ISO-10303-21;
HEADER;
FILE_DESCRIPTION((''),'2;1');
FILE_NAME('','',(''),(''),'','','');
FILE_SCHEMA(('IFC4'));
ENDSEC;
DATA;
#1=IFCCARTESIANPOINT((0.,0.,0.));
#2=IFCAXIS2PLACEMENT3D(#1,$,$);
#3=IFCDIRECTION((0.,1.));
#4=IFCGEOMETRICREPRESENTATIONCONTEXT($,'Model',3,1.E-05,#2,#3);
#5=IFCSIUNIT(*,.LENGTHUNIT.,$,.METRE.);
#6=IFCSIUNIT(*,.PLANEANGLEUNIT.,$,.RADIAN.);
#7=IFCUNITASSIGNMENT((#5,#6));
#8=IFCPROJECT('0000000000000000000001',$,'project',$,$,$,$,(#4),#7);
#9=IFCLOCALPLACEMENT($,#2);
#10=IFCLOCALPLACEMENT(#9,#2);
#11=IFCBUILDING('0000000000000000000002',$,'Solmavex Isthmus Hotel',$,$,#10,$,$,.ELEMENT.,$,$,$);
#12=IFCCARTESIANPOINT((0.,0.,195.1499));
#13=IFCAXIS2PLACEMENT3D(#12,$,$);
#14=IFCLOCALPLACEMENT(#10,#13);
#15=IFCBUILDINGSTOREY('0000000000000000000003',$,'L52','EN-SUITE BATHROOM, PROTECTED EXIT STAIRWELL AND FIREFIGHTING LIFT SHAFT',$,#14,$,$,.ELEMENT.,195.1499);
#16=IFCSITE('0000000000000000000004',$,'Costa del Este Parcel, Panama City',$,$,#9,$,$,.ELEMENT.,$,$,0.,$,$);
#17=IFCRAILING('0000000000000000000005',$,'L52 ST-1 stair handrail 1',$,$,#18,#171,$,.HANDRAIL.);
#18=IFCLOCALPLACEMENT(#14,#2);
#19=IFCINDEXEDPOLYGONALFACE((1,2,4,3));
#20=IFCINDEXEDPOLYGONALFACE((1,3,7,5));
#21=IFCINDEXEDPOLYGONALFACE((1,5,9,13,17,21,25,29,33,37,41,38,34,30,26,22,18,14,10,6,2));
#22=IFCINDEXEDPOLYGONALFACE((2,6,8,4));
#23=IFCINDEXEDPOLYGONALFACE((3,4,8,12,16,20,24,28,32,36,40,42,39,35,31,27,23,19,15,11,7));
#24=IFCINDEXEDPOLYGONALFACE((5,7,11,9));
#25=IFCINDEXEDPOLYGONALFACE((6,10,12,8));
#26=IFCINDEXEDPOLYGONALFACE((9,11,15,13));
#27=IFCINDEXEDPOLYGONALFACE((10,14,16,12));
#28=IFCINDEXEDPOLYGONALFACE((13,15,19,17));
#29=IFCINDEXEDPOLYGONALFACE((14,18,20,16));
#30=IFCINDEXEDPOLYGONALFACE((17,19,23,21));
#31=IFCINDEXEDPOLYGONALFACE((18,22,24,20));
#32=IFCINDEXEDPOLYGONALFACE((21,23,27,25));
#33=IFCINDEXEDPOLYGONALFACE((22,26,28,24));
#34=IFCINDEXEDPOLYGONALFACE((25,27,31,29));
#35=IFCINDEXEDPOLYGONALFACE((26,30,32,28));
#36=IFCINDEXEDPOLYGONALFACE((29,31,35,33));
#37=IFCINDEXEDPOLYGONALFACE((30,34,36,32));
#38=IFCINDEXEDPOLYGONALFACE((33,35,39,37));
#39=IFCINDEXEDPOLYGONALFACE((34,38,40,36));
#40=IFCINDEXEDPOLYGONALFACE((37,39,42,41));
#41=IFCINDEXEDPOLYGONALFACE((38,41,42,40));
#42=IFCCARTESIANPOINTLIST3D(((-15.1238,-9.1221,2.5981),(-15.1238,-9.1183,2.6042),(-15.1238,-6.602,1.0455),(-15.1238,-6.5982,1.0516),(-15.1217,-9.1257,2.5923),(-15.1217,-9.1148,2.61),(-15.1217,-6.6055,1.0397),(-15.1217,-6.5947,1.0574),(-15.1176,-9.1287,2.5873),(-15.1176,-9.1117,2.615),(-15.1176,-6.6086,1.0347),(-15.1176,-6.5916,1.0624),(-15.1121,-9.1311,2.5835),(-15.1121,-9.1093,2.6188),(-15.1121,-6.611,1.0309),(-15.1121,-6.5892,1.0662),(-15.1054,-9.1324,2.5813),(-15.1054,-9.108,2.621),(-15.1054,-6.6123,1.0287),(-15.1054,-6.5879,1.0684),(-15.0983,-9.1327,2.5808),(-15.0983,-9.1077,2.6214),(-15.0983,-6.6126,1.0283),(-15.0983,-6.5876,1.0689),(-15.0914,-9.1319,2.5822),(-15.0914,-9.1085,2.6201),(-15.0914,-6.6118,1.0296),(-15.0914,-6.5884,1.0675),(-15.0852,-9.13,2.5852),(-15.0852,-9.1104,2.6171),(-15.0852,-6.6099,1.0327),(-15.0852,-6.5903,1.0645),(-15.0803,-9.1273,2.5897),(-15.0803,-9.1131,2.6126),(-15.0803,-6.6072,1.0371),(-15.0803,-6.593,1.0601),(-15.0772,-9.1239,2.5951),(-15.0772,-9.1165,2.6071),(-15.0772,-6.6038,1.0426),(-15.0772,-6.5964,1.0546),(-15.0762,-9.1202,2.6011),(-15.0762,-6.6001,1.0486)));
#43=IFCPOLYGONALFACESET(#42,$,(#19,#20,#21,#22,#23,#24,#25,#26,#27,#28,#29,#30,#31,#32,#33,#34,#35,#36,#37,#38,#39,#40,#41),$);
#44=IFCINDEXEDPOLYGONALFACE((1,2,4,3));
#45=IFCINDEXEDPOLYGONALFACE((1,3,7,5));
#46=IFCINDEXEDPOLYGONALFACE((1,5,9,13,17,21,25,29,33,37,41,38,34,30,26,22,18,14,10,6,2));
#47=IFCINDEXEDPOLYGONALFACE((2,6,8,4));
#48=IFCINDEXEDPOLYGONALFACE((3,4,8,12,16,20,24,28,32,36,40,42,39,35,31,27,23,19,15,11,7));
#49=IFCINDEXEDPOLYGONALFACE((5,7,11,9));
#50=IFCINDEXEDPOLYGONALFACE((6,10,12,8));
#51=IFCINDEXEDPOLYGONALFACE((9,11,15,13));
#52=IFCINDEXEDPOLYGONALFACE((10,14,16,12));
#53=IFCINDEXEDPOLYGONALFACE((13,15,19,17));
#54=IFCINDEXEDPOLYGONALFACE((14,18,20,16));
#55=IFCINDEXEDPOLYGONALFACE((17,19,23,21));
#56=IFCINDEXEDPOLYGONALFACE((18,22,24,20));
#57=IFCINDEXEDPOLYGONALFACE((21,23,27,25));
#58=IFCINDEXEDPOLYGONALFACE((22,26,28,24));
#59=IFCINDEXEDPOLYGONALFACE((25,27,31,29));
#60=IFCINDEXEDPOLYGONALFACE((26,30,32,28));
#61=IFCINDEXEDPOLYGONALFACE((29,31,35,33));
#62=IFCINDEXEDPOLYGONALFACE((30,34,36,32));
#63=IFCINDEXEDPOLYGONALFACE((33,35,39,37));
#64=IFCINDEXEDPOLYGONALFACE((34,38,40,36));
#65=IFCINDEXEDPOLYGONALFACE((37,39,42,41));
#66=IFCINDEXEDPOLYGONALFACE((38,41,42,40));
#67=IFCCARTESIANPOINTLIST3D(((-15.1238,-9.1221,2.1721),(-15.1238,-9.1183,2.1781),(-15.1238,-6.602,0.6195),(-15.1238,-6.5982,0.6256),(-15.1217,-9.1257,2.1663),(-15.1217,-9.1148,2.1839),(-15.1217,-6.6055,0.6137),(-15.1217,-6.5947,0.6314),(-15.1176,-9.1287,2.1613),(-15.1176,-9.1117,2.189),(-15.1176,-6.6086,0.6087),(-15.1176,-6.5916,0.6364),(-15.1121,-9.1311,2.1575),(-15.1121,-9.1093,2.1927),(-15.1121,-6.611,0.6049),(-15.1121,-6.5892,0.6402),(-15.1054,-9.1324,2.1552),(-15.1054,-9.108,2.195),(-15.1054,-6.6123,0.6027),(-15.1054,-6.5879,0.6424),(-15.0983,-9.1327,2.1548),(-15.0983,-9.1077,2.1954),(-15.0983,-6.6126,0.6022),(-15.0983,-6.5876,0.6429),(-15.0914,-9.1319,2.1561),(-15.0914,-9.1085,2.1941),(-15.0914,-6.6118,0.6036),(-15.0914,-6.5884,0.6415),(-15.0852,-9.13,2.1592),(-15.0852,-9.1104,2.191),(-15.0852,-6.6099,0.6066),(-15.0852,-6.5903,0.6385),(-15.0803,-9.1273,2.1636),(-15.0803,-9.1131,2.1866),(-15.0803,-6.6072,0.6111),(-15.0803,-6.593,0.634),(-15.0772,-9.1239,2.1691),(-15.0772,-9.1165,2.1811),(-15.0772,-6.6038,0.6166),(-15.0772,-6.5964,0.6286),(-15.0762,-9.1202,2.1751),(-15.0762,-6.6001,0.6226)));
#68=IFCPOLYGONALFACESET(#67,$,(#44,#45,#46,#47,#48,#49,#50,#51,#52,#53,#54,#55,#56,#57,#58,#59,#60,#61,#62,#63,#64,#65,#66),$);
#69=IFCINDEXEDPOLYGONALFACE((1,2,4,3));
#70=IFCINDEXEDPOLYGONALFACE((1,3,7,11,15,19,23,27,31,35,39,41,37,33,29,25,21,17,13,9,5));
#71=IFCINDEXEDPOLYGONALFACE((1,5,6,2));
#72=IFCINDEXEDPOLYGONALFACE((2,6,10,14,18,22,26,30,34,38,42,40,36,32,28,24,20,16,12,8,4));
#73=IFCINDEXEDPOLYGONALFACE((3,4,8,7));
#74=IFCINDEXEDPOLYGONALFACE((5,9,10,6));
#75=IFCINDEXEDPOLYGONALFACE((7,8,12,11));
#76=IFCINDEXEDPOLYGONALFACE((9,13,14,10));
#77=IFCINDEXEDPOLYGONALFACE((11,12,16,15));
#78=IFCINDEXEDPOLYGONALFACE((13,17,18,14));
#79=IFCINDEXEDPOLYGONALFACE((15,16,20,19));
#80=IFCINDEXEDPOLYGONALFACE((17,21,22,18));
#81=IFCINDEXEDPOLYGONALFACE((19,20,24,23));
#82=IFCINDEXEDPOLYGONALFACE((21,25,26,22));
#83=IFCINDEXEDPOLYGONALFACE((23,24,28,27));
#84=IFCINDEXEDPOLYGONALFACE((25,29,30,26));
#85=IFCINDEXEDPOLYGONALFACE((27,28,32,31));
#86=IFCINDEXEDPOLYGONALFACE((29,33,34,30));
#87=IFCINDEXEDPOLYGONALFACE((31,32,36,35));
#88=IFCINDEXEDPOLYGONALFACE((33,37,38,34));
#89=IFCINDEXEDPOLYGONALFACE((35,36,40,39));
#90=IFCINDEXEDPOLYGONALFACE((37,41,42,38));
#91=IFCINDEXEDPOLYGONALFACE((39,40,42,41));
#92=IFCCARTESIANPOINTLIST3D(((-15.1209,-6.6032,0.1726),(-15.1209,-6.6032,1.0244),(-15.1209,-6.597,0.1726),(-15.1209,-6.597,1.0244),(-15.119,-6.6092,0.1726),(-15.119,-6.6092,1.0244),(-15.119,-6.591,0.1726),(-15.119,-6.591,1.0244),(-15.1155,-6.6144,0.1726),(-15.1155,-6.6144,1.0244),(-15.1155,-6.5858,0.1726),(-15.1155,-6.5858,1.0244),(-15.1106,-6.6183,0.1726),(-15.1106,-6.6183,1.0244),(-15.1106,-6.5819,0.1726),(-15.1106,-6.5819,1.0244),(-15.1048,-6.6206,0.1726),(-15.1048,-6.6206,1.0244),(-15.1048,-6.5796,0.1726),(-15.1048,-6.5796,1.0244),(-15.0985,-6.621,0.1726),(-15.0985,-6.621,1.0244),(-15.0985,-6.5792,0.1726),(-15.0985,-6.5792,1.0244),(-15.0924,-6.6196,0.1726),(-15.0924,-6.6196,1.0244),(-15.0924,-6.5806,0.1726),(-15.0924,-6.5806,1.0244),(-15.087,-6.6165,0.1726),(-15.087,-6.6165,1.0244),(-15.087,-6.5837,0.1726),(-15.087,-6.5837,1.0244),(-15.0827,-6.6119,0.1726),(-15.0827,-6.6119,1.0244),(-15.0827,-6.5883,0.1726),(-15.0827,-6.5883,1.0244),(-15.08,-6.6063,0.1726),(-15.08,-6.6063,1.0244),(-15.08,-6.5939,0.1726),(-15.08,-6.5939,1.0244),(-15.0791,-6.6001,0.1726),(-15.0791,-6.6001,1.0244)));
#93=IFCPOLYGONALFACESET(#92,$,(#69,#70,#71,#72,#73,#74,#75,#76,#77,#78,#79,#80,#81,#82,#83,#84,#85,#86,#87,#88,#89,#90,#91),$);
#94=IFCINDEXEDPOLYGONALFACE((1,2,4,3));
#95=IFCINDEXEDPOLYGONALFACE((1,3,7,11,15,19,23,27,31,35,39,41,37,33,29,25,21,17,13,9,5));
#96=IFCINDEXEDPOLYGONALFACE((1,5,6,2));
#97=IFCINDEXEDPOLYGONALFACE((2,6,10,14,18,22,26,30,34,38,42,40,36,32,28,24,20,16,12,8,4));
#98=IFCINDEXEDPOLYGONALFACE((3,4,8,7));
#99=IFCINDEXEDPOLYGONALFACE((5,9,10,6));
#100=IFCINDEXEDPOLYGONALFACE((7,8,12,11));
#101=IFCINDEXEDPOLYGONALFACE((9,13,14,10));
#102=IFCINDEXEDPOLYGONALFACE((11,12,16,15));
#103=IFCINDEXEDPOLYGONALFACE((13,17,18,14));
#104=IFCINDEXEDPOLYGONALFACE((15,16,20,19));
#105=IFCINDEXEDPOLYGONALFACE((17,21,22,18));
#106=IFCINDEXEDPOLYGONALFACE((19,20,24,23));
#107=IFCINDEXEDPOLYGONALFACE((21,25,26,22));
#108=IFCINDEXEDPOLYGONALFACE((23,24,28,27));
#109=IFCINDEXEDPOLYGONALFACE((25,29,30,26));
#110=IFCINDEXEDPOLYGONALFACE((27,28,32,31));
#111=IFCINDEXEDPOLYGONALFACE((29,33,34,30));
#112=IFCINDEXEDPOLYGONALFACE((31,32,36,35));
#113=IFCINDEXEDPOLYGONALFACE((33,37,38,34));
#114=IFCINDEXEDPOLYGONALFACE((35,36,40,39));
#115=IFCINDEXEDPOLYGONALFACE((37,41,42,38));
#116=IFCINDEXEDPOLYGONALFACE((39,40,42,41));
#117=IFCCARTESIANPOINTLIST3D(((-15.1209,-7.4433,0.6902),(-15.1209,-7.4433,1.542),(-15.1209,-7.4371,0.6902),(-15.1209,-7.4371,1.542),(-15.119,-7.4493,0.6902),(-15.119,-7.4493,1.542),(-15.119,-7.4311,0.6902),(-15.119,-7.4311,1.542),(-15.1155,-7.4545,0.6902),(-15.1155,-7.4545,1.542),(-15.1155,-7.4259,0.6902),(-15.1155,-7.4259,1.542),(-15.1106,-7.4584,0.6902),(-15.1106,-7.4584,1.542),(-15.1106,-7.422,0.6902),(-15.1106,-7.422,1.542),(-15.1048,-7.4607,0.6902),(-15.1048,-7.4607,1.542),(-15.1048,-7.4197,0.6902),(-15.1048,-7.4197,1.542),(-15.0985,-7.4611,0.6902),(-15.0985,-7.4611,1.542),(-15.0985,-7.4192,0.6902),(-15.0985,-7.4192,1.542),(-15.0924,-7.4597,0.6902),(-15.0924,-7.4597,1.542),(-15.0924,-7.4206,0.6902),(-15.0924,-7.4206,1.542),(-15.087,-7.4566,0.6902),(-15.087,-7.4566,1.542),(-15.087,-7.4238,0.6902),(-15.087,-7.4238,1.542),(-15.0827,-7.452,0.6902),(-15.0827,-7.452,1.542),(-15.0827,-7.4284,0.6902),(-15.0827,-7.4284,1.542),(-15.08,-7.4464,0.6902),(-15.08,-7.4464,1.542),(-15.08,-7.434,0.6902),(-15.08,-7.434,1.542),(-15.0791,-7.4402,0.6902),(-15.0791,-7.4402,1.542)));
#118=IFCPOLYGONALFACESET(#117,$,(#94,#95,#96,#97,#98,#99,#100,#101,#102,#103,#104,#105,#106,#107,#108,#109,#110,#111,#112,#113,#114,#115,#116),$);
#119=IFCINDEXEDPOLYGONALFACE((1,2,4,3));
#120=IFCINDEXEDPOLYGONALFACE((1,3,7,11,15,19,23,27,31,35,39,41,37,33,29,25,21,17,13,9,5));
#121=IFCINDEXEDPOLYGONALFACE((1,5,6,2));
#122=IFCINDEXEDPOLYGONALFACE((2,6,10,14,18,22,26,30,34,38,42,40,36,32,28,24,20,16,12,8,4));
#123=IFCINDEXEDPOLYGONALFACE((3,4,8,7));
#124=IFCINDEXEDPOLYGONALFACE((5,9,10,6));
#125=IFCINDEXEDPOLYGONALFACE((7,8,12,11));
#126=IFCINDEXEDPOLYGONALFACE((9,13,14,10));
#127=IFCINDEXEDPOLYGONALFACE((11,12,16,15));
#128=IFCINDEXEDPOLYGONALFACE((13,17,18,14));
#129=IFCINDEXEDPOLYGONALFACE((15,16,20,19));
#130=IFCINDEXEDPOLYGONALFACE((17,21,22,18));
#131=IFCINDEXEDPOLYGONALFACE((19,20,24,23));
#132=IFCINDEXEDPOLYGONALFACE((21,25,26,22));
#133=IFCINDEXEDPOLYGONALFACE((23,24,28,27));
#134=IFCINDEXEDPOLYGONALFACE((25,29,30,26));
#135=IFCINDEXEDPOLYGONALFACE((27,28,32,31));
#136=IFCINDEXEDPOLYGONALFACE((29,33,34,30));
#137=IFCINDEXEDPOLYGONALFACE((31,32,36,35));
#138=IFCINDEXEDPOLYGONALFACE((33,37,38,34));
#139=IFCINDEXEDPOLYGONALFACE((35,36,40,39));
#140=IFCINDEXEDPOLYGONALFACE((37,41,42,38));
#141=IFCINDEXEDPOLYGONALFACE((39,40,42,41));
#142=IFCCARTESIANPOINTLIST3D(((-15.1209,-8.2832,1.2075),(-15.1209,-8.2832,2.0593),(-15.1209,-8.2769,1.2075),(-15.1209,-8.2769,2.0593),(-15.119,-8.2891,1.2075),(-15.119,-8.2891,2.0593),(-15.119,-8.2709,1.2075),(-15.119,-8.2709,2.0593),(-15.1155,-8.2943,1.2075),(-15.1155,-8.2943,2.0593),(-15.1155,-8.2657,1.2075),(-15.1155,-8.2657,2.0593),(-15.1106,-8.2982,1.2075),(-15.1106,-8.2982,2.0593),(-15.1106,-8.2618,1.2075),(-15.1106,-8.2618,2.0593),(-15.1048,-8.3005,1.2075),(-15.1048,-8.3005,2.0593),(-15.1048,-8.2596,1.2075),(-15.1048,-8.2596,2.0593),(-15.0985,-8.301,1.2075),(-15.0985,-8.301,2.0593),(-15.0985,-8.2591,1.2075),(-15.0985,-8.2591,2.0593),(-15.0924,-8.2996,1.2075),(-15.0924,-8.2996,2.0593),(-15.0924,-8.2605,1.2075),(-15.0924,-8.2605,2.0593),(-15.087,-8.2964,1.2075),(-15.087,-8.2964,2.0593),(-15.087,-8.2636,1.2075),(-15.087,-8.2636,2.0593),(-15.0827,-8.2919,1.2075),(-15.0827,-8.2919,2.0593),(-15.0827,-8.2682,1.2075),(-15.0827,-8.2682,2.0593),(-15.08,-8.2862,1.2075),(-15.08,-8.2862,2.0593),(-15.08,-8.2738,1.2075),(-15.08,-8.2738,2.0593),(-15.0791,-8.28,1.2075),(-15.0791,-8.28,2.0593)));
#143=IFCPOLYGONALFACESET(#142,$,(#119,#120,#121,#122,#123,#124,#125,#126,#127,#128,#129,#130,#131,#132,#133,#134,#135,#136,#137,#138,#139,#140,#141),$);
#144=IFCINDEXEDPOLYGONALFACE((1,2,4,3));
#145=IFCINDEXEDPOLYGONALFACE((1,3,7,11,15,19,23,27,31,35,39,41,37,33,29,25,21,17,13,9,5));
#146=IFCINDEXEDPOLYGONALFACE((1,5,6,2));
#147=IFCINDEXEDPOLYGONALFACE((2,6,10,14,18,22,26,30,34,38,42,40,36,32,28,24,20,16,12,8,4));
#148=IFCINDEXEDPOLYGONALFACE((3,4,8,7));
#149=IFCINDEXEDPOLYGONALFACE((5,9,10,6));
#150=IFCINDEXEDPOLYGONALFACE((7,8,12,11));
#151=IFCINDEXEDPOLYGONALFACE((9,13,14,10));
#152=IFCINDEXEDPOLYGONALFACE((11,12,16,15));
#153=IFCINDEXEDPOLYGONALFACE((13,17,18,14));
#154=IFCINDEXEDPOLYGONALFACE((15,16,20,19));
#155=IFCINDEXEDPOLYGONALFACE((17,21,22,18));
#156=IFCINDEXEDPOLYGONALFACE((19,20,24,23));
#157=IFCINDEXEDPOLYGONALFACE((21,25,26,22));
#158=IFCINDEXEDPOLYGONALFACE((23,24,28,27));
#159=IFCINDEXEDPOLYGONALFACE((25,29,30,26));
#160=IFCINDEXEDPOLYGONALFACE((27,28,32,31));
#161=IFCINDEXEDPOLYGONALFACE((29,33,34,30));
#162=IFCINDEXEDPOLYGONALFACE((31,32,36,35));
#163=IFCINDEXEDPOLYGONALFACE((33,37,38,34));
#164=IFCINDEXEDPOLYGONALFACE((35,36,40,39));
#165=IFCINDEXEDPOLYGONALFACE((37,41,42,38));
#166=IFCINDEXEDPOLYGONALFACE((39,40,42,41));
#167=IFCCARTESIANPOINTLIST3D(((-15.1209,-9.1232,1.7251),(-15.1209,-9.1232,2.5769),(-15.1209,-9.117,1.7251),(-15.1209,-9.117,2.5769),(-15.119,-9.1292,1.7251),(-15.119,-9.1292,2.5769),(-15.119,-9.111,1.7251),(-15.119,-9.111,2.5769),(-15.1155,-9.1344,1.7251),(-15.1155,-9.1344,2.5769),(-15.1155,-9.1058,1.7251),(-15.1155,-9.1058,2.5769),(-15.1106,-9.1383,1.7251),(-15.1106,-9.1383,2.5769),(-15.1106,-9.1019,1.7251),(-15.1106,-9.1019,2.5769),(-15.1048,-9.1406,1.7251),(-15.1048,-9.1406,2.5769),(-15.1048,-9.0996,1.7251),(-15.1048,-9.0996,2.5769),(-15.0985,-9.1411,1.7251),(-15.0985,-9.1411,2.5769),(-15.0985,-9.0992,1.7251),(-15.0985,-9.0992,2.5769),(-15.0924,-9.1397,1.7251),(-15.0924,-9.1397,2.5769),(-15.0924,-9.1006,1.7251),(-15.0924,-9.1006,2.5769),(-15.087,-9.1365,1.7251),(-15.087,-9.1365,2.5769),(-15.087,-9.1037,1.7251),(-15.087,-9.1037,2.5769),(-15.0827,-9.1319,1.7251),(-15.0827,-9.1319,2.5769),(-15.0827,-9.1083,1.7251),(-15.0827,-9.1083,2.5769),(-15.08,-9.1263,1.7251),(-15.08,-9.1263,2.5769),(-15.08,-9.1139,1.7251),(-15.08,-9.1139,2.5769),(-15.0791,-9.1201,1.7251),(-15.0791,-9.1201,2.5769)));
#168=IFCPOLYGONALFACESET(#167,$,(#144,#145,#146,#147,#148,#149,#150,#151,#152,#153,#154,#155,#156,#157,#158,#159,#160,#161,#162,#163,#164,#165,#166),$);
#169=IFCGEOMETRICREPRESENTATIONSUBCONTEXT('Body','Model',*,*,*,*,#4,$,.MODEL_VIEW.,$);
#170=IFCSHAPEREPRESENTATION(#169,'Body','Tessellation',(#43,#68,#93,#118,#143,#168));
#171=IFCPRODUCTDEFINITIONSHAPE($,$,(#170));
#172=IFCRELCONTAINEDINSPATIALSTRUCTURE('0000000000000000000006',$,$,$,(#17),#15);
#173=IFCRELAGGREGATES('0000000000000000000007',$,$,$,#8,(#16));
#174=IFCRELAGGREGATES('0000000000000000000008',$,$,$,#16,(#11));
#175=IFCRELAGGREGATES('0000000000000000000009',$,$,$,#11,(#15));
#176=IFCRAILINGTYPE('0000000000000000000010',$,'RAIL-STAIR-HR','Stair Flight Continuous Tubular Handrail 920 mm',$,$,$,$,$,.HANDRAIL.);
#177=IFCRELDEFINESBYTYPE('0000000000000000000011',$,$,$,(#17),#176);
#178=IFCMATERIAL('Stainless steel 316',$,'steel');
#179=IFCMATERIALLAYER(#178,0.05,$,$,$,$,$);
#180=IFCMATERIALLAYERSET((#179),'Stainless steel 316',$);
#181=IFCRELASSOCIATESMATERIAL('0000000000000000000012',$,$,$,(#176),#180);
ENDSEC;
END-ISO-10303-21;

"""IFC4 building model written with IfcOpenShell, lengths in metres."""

from ifc_helpers import new_model, si_unit, direction, frame, origin, origin_2d, place, context, subcontext, project, spatial, circle, extrude, material, layer, layer_set, type_object, element, save


model = new_model("IFC4")

# Units and contexts
model_context = context("Model", 3, precision=1e-05, world=origin(), true_north=direction((0.0, 1.0)))
body_context = subcontext(model_context, "Body", "Model", "MODEL_VIEW")
ifc_project = project(units=[si_unit("LENGTHUNIT", "METRE"), si_unit("PLANEANGLEUNIT", "RADIAN")], contexts=[model_context])

# Site, building, storey
site_placement = place(None, origin())
site = spatial("IfcSite", under=ifc_project, at=site_placement, Name="Costa del Este Parcel, Panama City", CompositionType="ELEMENT", RefElevation=0.0)
building_placement = place(site_placement, origin())
building = spatial("IfcBuilding", under=site, at=building_placement, Name="Solmavex Isthmus Hotel", CompositionType="ELEMENT")
storey_placement = place(building_placement, frame((0.0, 0.0, 195.1499)))
storey = spatial("IfcBuildingStorey", under=building, at=storey_placement, Name="L52", Description="EN-SUITE BATHROOM, PROTECTED EXIT STAIRWELL AND FIREFIGHTING LIFT SHAFT", CompositionType="ELEMENT", Elevation=195.1499)

# Railing
ifc_material_1 = material(Name="Stainless steel 316", Category="steel")
ifc_layer_1 = layer(ifc_material_1, 0.05)
ifc_layer_set_1 = layer_set([ifc_layer_1], Name="Stainless steel 316")
railing_type_1 = type_object("IfcRailingType", Name="RAIL-STAIR-HR", Description="Stair Flight Continuous Tubular Handrail 920 mm", PredefinedType="HANDRAIL", material=ifc_layer_set_1)
railing_1_placement = place(storey_placement, frame((-15.1001, -6.6001, 0.1726)))
element("IfcRailing", 1, at=railing_1_placement, inside=storey, type_object=railing_type_1, Name="L52 ST-1 stair handrail 1", PredefinedType="HANDRAIL", context=body_context, shape_type="SweptSolid", body=[
    extrude(circle(Radius=0.0239, at=origin_2d()), frame((0.0, 0.0, 0.876), z_axis=(0.0, -0.8514, 0.524516), x_axis=(1.0, 0.0, 0.0)), (0.0, 0.0, 1.0), 2.96),
    extrude(circle(Radius=0.0239, at=origin_2d()), frame((0.0, 0.0, 0.45), z_axis=(0.0, -0.8514, 0.524516), x_axis=(1.0, 0.0, 0.0)), (0.0, 0.0, 1.0), 2.96),
    extrude(circle(Radius=0.021, at=origin_2d()), origin(), (0.0, 0.0, 1.0), 0.8518),
    extrude(circle(Radius=0.021, at=origin_2d()), frame((0.0, -0.8401, 0.5176)), (0.0, 0.0, 1.0), 0.8518),
    extrude(circle(Radius=0.021, at=origin_2d()), frame((0.0, -1.6799, 1.0349)), (0.0, 0.0, 1.0), 0.8518),
    extrude(circle(Radius=0.021, at=origin_2d()), frame((0.0, -2.52, 1.5525)), (0.0, 0.0, 1.0), 0.8518),
])

save(model, "model.ifc")
